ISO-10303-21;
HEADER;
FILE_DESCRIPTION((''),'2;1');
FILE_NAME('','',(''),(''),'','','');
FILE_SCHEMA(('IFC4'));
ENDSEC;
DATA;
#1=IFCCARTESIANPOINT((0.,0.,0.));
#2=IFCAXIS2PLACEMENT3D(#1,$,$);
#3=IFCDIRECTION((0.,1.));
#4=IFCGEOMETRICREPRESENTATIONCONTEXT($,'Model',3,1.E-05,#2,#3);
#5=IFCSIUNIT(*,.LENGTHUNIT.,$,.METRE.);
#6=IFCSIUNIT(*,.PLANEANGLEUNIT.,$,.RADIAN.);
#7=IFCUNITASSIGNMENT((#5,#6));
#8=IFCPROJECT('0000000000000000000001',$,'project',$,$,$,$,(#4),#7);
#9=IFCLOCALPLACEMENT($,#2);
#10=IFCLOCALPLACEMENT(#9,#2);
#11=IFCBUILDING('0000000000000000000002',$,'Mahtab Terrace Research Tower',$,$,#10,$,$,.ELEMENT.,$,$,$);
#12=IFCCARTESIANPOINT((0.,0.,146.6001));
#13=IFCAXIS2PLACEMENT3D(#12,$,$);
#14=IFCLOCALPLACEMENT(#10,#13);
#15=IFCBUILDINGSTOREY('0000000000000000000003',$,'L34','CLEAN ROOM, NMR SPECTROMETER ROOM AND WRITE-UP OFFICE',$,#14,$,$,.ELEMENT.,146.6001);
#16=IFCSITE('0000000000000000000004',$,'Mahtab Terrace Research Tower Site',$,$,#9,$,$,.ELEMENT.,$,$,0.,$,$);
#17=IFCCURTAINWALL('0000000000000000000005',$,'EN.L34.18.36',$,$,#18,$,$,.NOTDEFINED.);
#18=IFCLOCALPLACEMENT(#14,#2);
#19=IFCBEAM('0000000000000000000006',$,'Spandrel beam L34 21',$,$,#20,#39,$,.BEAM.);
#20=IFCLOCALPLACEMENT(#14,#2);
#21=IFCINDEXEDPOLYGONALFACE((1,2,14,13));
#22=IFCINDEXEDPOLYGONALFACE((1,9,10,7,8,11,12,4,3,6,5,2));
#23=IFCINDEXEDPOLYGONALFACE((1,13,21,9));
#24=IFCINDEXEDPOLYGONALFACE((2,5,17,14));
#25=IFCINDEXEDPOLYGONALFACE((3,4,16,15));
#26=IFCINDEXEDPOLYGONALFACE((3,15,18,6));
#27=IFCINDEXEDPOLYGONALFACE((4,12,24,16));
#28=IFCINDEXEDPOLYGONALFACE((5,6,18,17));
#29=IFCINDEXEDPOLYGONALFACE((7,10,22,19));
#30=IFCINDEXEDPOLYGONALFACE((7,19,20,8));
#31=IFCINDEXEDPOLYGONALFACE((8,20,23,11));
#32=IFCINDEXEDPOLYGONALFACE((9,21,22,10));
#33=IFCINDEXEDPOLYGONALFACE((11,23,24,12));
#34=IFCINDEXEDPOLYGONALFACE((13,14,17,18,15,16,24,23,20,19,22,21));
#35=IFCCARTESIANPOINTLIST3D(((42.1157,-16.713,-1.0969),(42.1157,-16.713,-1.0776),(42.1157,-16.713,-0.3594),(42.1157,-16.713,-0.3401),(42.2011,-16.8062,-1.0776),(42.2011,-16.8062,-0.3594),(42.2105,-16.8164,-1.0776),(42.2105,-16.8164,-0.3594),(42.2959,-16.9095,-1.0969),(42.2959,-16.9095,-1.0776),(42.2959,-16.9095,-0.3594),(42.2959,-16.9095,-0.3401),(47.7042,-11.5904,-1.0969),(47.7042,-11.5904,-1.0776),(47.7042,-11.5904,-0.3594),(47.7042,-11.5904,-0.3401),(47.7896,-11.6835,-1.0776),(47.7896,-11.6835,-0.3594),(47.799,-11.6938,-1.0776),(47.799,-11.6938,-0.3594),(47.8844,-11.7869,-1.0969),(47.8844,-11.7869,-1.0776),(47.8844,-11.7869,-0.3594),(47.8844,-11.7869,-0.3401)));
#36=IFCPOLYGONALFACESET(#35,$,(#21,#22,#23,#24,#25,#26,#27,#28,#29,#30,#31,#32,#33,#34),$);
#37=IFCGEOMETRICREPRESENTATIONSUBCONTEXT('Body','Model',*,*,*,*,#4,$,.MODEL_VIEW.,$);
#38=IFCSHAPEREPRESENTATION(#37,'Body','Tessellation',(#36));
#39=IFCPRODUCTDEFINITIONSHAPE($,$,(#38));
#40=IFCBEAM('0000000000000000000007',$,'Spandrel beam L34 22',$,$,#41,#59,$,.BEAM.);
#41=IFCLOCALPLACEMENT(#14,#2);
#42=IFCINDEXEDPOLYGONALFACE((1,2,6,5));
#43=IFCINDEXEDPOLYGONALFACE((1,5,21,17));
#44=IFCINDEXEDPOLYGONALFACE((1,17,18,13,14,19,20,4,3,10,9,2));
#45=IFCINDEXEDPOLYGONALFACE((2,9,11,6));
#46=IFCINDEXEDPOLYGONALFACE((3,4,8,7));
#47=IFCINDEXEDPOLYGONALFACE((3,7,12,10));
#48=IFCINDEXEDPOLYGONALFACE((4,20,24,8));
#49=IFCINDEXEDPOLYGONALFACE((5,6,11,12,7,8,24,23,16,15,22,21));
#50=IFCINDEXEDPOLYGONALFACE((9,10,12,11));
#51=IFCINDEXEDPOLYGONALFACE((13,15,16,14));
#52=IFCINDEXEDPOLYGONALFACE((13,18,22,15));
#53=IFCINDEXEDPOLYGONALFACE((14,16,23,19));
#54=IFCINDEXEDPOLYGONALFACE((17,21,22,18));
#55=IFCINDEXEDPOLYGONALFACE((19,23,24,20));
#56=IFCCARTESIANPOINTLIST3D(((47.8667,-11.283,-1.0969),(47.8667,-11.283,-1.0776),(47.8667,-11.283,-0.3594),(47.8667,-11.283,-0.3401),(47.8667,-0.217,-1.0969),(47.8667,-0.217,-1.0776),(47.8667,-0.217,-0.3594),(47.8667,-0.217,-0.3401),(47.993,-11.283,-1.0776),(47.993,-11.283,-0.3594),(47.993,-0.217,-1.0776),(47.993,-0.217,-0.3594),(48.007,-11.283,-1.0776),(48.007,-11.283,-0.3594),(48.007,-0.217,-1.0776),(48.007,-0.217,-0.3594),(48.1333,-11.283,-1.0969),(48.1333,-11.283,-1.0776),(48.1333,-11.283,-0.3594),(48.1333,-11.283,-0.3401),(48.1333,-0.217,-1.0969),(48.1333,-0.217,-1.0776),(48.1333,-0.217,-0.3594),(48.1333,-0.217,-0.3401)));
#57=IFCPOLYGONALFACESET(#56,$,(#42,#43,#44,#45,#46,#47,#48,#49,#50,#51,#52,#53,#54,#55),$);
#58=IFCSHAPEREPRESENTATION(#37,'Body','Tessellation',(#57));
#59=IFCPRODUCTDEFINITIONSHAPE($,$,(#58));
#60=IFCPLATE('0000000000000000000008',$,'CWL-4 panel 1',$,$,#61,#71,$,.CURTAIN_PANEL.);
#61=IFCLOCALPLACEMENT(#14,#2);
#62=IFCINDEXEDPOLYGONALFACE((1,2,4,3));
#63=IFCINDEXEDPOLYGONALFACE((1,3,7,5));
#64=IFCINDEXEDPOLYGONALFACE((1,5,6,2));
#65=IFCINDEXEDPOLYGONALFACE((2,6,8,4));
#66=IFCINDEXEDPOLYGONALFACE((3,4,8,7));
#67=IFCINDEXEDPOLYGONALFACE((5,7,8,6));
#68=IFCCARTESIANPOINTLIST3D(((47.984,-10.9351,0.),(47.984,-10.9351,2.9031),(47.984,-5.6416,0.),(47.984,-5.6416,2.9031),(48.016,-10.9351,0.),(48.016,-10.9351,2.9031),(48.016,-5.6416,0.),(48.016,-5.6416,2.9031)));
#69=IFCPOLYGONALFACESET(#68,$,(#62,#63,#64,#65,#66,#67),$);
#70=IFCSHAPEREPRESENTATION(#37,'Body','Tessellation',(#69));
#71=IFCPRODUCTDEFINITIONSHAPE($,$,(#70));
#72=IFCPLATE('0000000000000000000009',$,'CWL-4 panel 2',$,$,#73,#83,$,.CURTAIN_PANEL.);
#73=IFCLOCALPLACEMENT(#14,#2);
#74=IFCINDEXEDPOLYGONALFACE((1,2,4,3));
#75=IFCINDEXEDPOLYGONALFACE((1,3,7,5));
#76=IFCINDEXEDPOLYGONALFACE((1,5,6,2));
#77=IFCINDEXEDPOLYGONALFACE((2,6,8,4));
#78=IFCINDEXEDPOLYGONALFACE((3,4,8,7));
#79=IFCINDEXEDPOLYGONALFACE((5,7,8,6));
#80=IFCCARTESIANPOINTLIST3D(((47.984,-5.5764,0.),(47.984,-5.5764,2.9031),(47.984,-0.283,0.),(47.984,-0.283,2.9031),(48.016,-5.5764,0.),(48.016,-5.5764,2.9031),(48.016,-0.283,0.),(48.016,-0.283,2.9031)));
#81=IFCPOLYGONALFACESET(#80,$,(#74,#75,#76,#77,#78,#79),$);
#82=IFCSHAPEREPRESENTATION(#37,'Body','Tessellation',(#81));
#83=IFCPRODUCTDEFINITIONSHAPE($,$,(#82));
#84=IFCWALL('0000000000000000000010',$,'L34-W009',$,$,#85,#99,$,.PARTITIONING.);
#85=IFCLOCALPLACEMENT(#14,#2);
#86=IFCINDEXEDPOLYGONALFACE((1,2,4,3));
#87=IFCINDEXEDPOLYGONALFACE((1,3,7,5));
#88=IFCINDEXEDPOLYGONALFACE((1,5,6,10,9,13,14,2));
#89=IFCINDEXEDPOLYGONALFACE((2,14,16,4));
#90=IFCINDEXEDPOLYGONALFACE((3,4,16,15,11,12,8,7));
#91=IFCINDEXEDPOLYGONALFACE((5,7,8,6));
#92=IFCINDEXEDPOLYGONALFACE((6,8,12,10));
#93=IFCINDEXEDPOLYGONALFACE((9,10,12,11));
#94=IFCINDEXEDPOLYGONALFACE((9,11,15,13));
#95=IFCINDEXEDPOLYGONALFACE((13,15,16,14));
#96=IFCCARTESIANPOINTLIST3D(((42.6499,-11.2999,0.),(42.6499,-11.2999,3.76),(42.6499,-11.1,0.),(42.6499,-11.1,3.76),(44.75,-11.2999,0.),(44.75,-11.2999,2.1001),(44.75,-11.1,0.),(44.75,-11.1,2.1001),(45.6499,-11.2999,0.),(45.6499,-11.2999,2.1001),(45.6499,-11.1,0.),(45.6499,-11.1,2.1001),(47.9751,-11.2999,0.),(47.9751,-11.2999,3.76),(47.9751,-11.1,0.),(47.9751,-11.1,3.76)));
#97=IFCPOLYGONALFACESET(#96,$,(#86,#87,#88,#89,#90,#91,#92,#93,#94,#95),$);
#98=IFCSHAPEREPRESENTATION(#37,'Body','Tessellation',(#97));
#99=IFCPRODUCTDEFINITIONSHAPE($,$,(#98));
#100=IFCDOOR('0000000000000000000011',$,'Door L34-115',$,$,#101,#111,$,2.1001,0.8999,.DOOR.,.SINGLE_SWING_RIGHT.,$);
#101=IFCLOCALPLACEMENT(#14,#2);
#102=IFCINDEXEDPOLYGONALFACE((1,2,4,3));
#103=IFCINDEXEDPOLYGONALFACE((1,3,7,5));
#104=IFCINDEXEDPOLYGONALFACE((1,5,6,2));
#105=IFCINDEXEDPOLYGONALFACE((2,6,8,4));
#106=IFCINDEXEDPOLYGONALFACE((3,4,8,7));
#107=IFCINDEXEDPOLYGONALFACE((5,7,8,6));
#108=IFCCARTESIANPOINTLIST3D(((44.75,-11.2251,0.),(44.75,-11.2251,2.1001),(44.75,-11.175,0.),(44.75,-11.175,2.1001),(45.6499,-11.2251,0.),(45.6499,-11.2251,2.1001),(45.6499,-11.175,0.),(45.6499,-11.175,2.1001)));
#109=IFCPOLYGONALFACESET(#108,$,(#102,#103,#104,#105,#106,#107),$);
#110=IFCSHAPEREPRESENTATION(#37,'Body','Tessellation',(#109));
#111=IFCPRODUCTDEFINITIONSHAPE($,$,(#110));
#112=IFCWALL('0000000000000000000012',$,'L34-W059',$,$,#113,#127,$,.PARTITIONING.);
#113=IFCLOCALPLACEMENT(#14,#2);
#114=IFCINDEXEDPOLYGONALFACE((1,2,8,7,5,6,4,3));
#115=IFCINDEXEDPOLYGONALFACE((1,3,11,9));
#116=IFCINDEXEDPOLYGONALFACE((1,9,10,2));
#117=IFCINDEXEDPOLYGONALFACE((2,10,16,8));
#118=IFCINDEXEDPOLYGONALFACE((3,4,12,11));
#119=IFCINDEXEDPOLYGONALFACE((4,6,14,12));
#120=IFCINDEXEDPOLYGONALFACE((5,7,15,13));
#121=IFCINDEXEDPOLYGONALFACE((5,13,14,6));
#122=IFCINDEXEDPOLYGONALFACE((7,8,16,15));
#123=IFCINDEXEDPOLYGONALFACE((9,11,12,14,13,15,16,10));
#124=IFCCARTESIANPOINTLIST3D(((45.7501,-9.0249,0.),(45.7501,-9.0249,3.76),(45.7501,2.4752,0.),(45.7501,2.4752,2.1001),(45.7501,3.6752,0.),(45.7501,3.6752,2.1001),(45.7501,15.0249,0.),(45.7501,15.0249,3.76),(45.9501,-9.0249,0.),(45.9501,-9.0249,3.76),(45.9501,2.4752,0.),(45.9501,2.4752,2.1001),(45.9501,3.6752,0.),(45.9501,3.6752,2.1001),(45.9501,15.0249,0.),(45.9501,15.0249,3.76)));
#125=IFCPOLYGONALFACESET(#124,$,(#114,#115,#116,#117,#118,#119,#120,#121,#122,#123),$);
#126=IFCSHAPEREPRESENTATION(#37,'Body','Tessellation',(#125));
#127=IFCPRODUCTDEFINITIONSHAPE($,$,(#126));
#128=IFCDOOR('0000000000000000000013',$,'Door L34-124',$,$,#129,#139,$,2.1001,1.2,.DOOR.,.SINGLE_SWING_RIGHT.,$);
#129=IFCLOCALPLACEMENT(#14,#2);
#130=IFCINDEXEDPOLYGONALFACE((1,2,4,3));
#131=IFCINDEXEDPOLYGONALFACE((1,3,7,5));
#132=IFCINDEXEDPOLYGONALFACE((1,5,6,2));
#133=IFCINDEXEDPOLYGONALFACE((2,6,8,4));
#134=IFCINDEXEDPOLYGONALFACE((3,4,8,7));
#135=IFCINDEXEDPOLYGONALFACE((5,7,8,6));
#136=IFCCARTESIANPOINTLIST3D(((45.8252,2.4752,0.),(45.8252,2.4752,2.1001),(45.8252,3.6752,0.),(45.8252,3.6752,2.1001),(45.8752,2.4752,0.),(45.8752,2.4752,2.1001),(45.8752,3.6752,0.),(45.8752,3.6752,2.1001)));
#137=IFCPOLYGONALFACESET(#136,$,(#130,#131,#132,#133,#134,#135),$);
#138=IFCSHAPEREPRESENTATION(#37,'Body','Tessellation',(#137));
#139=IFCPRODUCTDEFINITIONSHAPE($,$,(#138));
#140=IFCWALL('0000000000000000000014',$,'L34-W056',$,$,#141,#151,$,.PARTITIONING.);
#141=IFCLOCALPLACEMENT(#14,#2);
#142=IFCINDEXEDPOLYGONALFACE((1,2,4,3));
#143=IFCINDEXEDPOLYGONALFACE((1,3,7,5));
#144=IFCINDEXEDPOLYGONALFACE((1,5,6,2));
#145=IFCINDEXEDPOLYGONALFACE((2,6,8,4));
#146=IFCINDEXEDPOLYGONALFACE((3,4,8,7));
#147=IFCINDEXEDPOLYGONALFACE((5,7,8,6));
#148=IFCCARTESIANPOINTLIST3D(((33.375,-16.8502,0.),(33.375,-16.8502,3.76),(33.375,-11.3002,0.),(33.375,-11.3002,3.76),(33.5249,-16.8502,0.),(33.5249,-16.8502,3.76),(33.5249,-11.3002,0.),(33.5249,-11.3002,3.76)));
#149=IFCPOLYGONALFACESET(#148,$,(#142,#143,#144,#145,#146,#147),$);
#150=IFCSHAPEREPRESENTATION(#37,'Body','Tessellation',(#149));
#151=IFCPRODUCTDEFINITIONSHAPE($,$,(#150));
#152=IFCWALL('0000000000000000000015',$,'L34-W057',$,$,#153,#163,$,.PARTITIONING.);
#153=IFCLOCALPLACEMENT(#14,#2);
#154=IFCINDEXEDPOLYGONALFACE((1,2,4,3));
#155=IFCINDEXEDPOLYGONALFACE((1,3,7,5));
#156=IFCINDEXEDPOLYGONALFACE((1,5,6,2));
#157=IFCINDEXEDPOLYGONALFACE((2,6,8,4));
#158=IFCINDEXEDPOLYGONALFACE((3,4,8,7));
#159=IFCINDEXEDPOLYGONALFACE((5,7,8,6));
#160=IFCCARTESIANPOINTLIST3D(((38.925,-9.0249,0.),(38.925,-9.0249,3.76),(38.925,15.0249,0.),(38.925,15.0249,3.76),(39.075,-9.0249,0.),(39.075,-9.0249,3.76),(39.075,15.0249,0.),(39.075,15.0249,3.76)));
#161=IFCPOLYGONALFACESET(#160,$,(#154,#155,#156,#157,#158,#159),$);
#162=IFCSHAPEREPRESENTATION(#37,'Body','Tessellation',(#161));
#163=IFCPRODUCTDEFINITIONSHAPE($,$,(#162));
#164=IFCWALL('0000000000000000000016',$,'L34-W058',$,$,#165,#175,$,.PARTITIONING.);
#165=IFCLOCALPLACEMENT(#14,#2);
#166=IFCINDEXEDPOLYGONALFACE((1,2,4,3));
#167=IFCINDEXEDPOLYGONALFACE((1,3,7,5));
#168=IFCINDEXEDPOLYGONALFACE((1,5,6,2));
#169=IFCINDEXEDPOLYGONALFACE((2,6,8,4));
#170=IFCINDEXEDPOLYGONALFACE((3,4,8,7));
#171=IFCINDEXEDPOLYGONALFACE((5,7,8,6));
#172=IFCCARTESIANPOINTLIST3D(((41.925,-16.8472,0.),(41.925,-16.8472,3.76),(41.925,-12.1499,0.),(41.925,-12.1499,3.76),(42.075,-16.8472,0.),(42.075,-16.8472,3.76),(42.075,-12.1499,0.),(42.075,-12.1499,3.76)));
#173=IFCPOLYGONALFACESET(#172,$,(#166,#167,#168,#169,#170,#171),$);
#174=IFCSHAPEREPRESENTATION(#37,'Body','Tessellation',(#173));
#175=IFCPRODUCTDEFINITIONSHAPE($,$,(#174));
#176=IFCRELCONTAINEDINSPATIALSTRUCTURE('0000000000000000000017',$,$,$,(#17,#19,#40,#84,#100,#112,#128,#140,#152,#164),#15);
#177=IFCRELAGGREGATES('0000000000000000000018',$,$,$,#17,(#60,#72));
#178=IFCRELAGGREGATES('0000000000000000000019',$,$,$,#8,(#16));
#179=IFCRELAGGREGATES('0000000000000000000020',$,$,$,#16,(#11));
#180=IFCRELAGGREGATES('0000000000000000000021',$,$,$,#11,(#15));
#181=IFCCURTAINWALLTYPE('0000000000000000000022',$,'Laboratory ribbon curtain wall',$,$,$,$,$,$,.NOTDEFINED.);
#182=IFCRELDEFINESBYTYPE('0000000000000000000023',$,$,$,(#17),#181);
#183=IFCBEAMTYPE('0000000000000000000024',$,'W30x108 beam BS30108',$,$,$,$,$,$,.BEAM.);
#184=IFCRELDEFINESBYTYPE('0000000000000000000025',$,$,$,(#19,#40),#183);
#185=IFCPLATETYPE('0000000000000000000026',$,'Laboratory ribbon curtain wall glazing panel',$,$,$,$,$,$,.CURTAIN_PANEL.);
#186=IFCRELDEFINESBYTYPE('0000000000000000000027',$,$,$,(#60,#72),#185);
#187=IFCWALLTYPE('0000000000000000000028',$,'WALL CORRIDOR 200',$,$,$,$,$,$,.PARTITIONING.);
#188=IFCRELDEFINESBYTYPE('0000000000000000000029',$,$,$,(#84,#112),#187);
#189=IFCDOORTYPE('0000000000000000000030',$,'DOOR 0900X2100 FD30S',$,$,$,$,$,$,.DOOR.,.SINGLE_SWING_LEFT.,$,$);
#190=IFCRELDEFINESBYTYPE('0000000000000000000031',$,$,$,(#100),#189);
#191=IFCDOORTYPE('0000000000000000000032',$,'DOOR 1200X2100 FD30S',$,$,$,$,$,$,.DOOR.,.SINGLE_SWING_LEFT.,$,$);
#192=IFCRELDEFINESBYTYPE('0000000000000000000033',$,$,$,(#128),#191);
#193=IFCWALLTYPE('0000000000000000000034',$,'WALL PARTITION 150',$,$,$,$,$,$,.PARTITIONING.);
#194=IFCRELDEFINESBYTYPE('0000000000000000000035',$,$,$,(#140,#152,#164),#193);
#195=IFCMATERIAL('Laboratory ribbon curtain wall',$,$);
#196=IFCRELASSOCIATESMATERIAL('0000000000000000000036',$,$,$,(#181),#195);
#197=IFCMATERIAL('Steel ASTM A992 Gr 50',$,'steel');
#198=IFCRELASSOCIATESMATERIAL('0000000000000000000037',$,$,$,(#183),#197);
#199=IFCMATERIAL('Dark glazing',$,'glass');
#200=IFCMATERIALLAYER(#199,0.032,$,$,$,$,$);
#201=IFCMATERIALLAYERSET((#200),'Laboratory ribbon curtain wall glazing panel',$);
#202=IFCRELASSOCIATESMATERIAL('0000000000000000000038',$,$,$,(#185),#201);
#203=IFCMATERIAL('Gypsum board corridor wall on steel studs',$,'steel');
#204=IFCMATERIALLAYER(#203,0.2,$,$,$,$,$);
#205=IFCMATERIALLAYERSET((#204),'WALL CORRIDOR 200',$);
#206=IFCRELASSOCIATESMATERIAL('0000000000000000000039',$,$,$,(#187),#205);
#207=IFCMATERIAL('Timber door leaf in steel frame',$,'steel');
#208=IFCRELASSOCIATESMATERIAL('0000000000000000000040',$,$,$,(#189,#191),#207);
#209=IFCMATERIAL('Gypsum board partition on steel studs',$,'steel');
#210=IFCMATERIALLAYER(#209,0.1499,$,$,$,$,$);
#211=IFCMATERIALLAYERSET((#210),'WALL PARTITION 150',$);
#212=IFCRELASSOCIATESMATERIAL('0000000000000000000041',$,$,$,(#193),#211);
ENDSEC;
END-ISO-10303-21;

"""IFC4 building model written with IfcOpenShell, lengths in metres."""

from ifc_helpers import new_model, si_unit, direction, frame, frame_2d, origin, origin_2d, place, context, subcontext, project, spatial, rectangle, i_section, extrude, material, layer, layer_set, material_profile, profile_set, type_object, element, fill, aggregate, save


model = new_model("IFC4")

# Units and contexts
model_context = context("Model", 3, precision=1e-05, world=origin(), true_north=direction((0.0, 1.0)))
body_context = subcontext(model_context, "Body", "Model", "MODEL_VIEW")
ifc_project = project(units=[si_unit("LENGTHUNIT", "METRE"), si_unit("PLANEANGLEUNIT", "RADIAN")], contexts=[model_context])

# Site, building, storey
site_placement = place(None, origin())
site = spatial("IfcSite", under=ifc_project, at=site_placement, Name="Mahtab Terrace Research Tower Site", CompositionType="ELEMENT", RefElevation=0.0)
building_placement = place(site_placement, origin())
building = spatial("IfcBuilding", under=site, at=building_placement, Name="Mahtab Terrace Research Tower", CompositionType="ELEMENT")
storey_placement = place(building_placement, frame((0.0, 0.0, 146.6001)))
storey = spatial("IfcBuildingStorey", under=building, at=storey_placement, Name="L34", Description="CLEAN ROOM, NMR SPECTROMETER ROOM AND WRITE-UP OFFICE", CompositionType="ELEMENT", Elevation=146.6001)

# Shared definitions
ifc_material_1 = material(Name="Steel ASTM A992 Gr 50", Category="steel")

# Curtain wall
ifc_material_2 = material(Name="Laboratory ribbon curtain wall")
curtain_wall_type = type_object("IfcCurtainWallType", Name="Laboratory ribbon curtain wall", PredefinedType="NOTDEFINED", material=ifc_material_2)
curtain_wall_placement = place(storey_placement, origin())
curtain_wall = element("IfcCurtainWall", 1, at=curtain_wall_placement, inside=storey, type_object=curtain_wall_type, Name="EN.L34.18.36", PredefinedType="NOTDEFINED")

# Beams
ifc_material_profile_1 = material_profile(ifc_material_1, i_section(OverallWidth=0.2666, OverallDepth=0.7568, WebThickness=0.0139, FlangeThickness=0.0193, at=origin_2d()), Name="W30X108")
ifc_profile_set_1 = profile_set([ifc_material_profile_1], Name="Steel ASTM A992 Gr 50")
beam_type = type_object("IfcBeamType", Name="W30x108 beam BS30108", PredefinedType="BEAM", material=ifc_profile_set_1)
beam_1_placement = place(storey_placement, frame((42.2058, -16.8113, -0.7185), z_axis=(0.737162, 0.675716, 0.0), x_axis=(-0.675716, 0.737162, 0.0)))
element("IfcBeam", 2, at=beam_1_placement, inside=storey, type_object=beam_type, Name="Spandrel beam L34 21", PredefinedType="BEAM", context=body_context, shape_type="SweptSolid", body=[
    extrude(i_section(OverallWidth=0.2666, OverallDepth=0.7568, WebThickness=0.0139, FlangeThickness=0.0193, at=origin_2d()), origin(), (0.0, 0.0, 1.0), 7.5811),
])
beam_2_placement = place(storey_placement, frame((48.0, -11.283, -0.7185), z_axis=(0.0, 1.0, 0.0), x_axis=(-1.0, 0.0, 0.0)))
element("IfcBeam", 3, at=beam_2_placement, inside=storey, type_object=beam_type, Name="Spandrel beam L34 22", PredefinedType="BEAM", context=body_context, shape_type="SweptSolid", body=[
    extrude(i_section(OverallWidth=0.2666, OverallDepth=0.7568, WebThickness=0.0139, FlangeThickness=0.0193, at=origin_2d()), origin(), (0.0, 0.0, 1.0), 11.0659),
])

# Plates
ifc_material_3 = material(Name="Dark glazing", Category="glass")
ifc_layer_1 = layer(ifc_material_3, 0.032)
ifc_layer_set_1 = layer_set([ifc_layer_1], Name="Laboratory ribbon curtain wall glazing panel")
plate_type = type_object("IfcPlateType", Name="Laboratory ribbon curtain wall glazing panel", PredefinedType="CURTAIN_PANEL", material=ifc_layer_set_1)
plate_1_placement = place(storey_placement, frame((48.0, -8.2883, 0.0), z_axis=(0.0, 0.0, 1.0), x_axis=(0.0, 1.0, 0.0)))
plate_1 = element("IfcPlate", 4, at=plate_1_placement, type_object=plate_type, Name="CWL-4 panel 1", PredefinedType="CURTAIN_PANEL", context=body_context, shape_type="SweptSolid", body=[
    extrude(rectangle(XDim=5.2935, YDim=0.032, at=origin_2d()), origin(), (0.0, 0.0, 1.0), 2.9031),
])
plate_2_placement = place(storey_placement, frame((48.0, -2.9297, 0.0), z_axis=(0.0, 0.0, 1.0), x_axis=(0.0, 1.0, 0.0)))
plate_2 = element("IfcPlate", 5, at=plate_2_placement, type_object=plate_type, Name="CWL-4 panel 2", PredefinedType="CURTAIN_PANEL", context=body_context, shape_type="SweptSolid", body=[
    extrude(rectangle(XDim=5.2935, YDim=0.032, at=origin_2d()), origin(), (0.0, 0.0, 1.0), 2.9031),
])
aggregate(curtain_wall, [plate_1, plate_2])

# Walls, openings, doors
ifc_material_4 = material(Name="Gypsum board corridor wall on steel studs", Category="steel")
ifc_layer_2 = layer(ifc_material_4, 0.2)
ifc_layer_set_2 = layer_set([ifc_layer_2], Name="WALL CORRIDOR 200")
wall_type_1 = type_object("IfcWallType", Name="WALL CORRIDOR 200", PredefinedType="PARTITIONING", material=ifc_layer_set_2)
wall_1_placement = place(storey_placement, frame((42.6499, -11.2, 0.0), z_axis=(0.0, 0.0, 1.0), x_axis=(1.0, 0.0, 0.0)))
wall_1 = element("IfcWall", 6, at=wall_1_placement, inside=storey, type_object=wall_type_1, Name="L34-W009", PredefinedType="PARTITIONING", context=body_context, shape_type="SweptSolid", body=[
    extrude(rectangle(XDim=5.3252, YDim=0.2, at=frame_2d((2.6626, 0.0))), origin(), (0.0, 0.0, 1.0), 3.76),
])
opening_1_placement = place(wall_1_placement, frame((2.1001, 0.0, 0.0)))
opening_1 = element("IfcOpeningElement", 7, at=opening_1_placement, cuts=wall_1, PredefinedType="OPENING", context=body_context, shape_type="SweptSolid", body=[
    extrude(rectangle(XDim=0.8999, YDim=2.1001, at=frame_2d((0.45, 1.05))), frame((0.0, 0.1099, 0.0), z_axis=(0.0, -1.0, 0.0), x_axis=(1.0, 0.0, 0.0)), (0.0, 0.0, 1.0), 0.22),
])
ifc_material_5 = material(Name="Timber door leaf in steel frame", Category="steel")
door_type_1 = type_object("IfcDoorType", Name="DOOR 0900X2100 FD30S", OperationType="SINGLE_SWING_LEFT", PredefinedType="DOOR", material=ifc_material_5)
door_1_placement = place(opening_1_placement, origin())
door_1 = element("IfcDoor", 8, at=door_1_placement, inside=storey, type_object=door_type_1, Name="Door L34-115", OperationType="SINGLE_SWING_RIGHT", OverallHeight=2.1001, OverallWidth=0.8999, PredefinedType="DOOR", context=body_context, shape_type="SweptSolid", body=[
    extrude(rectangle(XDim=0.8999, YDim=2.1001, at=frame_2d((0.45, 1.05))), frame((0.0, 0.0249, 0.0), z_axis=(0.0, -1.0, 0.0), x_axis=(1.0, 0.0, 0.0)), (0.0, 0.0, 1.0), 0.05),
])
fill(opening_1, door_1)
wall_2_placement = place(storey_placement, frame((45.8501, -9.0249, 0.0), z_axis=(0.0, 0.0, 1.0), x_axis=(0.0, 1.0, 0.0)))
wall_2 = element("IfcWall", 9, at=wall_2_placement, inside=storey, type_object=wall_type_1, Name="L34-W059", PredefinedType="PARTITIONING", context=body_context, shape_type="SweptSolid", body=[
    extrude(rectangle(XDim=24.0498, YDim=0.2, at=frame_2d((12.0249, 0.0))), origin(), (0.0, 0.0, 1.0), 3.76),
])
opening_2_placement = place(wall_2_placement, frame((11.5, 0.0, 0.0)))
opening_2 = element("IfcOpeningElement", 10, at=opening_2_placement, cuts=wall_2, PredefinedType="OPENING", context=body_context, shape_type="SweptSolid", body=[
    extrude(rectangle(XDim=1.2, YDim=2.1001, at=frame_2d((0.6001, 1.05))), frame((0.0, 0.1099, 0.0), z_axis=(0.0, -1.0, 0.0), x_axis=(1.0, 0.0, 0.0)), (0.0, 0.0, 1.0), 0.22),
])
door_type_2 = type_object("IfcDoorType", Name="DOOR 1200X2100 FD30S", OperationType="SINGLE_SWING_LEFT", PredefinedType="DOOR", material=ifc_material_5)
door_2_placement = place(opening_2_placement, origin())
door_2 = element("IfcDoor", 11, at=door_2_placement, inside=storey, type_object=door_type_2, Name="Door L34-124", OperationType="SINGLE_SWING_RIGHT", OverallHeight=2.1001, OverallWidth=1.2, PredefinedType="DOOR", context=body_context, shape_type="SweptSolid", body=[
    extrude(rectangle(XDim=1.2, YDim=2.1001, at=frame_2d((0.6001, 1.05))), frame((0.0, 0.0249, 0.0), z_axis=(0.0, -1.0, 0.0), x_axis=(1.0, 0.0, 0.0)), (0.0, 0.0, 1.0), 0.05),
])
fill(opening_2, door_2)

# Walls
ifc_material_6 = material(Name="Gypsum board partition on steel studs", Category="steel")
ifc_layer_3 = layer(ifc_material_6, 0.1499)
ifc_layer_set_3 = layer_set([ifc_layer_3], Name="WALL PARTITION 150")
wall_type_2 = type_object("IfcWallType", Name="WALL PARTITION 150", PredefinedType="PARTITIONING", material=ifc_layer_set_3)
wall_3_placement = place(storey_placement, frame((33.45, -16.8501, 0.0), z_axis=(0.0, 0.0, 1.0), x_axis=(0.0, 1.0, 0.0)))
element("IfcWall", 12, at=wall_3_placement, inside=storey, type_object=wall_type_2, Name="L34-W056", PredefinedType="PARTITIONING", context=body_context, shape_type="SweptSolid", body=[
    extrude(rectangle(XDim=5.55, YDim=0.1499, at=frame_2d((2.7749, 0.0))), origin(), (0.0, 0.0, 1.0), 3.76),
])
wall_4_placement = place(storey_placement, frame((39.0, -9.0249, 0.0), z_axis=(0.0, 0.0, 1.0), x_axis=(0.0, 1.0, 0.0)))
element("IfcWall", 13, at=wall_4_placement, inside=storey, type_object=wall_type_2, Name="L34-W057", PredefinedType="PARTITIONING", context=body_context, shape_type="SweptSolid", body=[
    extrude(rectangle(XDim=24.0498, YDim=0.1499, at=frame_2d((12.0249, 0.0))), origin(), (0.0, 0.0, 1.0), 3.76),
])
wall_5_placement = place(storey_placement, frame((42.0, -16.8472, 0.0), z_axis=(0.0, 0.0, 1.0), x_axis=(0.0, 1.0, 0.0)))
element("IfcWall", 14, at=wall_5_placement, inside=storey, type_object=wall_type_2, Name="L34-W058", PredefinedType="PARTITIONING", context=body_context, shape_type="SweptSolid", body=[
    extrude(rectangle(XDim=4.6973, YDim=0.1499, at=frame_2d((2.3486, 0.0))), origin(), (0.0, 0.0, 1.0), 3.76),
])

save(model, "model.ifc")
